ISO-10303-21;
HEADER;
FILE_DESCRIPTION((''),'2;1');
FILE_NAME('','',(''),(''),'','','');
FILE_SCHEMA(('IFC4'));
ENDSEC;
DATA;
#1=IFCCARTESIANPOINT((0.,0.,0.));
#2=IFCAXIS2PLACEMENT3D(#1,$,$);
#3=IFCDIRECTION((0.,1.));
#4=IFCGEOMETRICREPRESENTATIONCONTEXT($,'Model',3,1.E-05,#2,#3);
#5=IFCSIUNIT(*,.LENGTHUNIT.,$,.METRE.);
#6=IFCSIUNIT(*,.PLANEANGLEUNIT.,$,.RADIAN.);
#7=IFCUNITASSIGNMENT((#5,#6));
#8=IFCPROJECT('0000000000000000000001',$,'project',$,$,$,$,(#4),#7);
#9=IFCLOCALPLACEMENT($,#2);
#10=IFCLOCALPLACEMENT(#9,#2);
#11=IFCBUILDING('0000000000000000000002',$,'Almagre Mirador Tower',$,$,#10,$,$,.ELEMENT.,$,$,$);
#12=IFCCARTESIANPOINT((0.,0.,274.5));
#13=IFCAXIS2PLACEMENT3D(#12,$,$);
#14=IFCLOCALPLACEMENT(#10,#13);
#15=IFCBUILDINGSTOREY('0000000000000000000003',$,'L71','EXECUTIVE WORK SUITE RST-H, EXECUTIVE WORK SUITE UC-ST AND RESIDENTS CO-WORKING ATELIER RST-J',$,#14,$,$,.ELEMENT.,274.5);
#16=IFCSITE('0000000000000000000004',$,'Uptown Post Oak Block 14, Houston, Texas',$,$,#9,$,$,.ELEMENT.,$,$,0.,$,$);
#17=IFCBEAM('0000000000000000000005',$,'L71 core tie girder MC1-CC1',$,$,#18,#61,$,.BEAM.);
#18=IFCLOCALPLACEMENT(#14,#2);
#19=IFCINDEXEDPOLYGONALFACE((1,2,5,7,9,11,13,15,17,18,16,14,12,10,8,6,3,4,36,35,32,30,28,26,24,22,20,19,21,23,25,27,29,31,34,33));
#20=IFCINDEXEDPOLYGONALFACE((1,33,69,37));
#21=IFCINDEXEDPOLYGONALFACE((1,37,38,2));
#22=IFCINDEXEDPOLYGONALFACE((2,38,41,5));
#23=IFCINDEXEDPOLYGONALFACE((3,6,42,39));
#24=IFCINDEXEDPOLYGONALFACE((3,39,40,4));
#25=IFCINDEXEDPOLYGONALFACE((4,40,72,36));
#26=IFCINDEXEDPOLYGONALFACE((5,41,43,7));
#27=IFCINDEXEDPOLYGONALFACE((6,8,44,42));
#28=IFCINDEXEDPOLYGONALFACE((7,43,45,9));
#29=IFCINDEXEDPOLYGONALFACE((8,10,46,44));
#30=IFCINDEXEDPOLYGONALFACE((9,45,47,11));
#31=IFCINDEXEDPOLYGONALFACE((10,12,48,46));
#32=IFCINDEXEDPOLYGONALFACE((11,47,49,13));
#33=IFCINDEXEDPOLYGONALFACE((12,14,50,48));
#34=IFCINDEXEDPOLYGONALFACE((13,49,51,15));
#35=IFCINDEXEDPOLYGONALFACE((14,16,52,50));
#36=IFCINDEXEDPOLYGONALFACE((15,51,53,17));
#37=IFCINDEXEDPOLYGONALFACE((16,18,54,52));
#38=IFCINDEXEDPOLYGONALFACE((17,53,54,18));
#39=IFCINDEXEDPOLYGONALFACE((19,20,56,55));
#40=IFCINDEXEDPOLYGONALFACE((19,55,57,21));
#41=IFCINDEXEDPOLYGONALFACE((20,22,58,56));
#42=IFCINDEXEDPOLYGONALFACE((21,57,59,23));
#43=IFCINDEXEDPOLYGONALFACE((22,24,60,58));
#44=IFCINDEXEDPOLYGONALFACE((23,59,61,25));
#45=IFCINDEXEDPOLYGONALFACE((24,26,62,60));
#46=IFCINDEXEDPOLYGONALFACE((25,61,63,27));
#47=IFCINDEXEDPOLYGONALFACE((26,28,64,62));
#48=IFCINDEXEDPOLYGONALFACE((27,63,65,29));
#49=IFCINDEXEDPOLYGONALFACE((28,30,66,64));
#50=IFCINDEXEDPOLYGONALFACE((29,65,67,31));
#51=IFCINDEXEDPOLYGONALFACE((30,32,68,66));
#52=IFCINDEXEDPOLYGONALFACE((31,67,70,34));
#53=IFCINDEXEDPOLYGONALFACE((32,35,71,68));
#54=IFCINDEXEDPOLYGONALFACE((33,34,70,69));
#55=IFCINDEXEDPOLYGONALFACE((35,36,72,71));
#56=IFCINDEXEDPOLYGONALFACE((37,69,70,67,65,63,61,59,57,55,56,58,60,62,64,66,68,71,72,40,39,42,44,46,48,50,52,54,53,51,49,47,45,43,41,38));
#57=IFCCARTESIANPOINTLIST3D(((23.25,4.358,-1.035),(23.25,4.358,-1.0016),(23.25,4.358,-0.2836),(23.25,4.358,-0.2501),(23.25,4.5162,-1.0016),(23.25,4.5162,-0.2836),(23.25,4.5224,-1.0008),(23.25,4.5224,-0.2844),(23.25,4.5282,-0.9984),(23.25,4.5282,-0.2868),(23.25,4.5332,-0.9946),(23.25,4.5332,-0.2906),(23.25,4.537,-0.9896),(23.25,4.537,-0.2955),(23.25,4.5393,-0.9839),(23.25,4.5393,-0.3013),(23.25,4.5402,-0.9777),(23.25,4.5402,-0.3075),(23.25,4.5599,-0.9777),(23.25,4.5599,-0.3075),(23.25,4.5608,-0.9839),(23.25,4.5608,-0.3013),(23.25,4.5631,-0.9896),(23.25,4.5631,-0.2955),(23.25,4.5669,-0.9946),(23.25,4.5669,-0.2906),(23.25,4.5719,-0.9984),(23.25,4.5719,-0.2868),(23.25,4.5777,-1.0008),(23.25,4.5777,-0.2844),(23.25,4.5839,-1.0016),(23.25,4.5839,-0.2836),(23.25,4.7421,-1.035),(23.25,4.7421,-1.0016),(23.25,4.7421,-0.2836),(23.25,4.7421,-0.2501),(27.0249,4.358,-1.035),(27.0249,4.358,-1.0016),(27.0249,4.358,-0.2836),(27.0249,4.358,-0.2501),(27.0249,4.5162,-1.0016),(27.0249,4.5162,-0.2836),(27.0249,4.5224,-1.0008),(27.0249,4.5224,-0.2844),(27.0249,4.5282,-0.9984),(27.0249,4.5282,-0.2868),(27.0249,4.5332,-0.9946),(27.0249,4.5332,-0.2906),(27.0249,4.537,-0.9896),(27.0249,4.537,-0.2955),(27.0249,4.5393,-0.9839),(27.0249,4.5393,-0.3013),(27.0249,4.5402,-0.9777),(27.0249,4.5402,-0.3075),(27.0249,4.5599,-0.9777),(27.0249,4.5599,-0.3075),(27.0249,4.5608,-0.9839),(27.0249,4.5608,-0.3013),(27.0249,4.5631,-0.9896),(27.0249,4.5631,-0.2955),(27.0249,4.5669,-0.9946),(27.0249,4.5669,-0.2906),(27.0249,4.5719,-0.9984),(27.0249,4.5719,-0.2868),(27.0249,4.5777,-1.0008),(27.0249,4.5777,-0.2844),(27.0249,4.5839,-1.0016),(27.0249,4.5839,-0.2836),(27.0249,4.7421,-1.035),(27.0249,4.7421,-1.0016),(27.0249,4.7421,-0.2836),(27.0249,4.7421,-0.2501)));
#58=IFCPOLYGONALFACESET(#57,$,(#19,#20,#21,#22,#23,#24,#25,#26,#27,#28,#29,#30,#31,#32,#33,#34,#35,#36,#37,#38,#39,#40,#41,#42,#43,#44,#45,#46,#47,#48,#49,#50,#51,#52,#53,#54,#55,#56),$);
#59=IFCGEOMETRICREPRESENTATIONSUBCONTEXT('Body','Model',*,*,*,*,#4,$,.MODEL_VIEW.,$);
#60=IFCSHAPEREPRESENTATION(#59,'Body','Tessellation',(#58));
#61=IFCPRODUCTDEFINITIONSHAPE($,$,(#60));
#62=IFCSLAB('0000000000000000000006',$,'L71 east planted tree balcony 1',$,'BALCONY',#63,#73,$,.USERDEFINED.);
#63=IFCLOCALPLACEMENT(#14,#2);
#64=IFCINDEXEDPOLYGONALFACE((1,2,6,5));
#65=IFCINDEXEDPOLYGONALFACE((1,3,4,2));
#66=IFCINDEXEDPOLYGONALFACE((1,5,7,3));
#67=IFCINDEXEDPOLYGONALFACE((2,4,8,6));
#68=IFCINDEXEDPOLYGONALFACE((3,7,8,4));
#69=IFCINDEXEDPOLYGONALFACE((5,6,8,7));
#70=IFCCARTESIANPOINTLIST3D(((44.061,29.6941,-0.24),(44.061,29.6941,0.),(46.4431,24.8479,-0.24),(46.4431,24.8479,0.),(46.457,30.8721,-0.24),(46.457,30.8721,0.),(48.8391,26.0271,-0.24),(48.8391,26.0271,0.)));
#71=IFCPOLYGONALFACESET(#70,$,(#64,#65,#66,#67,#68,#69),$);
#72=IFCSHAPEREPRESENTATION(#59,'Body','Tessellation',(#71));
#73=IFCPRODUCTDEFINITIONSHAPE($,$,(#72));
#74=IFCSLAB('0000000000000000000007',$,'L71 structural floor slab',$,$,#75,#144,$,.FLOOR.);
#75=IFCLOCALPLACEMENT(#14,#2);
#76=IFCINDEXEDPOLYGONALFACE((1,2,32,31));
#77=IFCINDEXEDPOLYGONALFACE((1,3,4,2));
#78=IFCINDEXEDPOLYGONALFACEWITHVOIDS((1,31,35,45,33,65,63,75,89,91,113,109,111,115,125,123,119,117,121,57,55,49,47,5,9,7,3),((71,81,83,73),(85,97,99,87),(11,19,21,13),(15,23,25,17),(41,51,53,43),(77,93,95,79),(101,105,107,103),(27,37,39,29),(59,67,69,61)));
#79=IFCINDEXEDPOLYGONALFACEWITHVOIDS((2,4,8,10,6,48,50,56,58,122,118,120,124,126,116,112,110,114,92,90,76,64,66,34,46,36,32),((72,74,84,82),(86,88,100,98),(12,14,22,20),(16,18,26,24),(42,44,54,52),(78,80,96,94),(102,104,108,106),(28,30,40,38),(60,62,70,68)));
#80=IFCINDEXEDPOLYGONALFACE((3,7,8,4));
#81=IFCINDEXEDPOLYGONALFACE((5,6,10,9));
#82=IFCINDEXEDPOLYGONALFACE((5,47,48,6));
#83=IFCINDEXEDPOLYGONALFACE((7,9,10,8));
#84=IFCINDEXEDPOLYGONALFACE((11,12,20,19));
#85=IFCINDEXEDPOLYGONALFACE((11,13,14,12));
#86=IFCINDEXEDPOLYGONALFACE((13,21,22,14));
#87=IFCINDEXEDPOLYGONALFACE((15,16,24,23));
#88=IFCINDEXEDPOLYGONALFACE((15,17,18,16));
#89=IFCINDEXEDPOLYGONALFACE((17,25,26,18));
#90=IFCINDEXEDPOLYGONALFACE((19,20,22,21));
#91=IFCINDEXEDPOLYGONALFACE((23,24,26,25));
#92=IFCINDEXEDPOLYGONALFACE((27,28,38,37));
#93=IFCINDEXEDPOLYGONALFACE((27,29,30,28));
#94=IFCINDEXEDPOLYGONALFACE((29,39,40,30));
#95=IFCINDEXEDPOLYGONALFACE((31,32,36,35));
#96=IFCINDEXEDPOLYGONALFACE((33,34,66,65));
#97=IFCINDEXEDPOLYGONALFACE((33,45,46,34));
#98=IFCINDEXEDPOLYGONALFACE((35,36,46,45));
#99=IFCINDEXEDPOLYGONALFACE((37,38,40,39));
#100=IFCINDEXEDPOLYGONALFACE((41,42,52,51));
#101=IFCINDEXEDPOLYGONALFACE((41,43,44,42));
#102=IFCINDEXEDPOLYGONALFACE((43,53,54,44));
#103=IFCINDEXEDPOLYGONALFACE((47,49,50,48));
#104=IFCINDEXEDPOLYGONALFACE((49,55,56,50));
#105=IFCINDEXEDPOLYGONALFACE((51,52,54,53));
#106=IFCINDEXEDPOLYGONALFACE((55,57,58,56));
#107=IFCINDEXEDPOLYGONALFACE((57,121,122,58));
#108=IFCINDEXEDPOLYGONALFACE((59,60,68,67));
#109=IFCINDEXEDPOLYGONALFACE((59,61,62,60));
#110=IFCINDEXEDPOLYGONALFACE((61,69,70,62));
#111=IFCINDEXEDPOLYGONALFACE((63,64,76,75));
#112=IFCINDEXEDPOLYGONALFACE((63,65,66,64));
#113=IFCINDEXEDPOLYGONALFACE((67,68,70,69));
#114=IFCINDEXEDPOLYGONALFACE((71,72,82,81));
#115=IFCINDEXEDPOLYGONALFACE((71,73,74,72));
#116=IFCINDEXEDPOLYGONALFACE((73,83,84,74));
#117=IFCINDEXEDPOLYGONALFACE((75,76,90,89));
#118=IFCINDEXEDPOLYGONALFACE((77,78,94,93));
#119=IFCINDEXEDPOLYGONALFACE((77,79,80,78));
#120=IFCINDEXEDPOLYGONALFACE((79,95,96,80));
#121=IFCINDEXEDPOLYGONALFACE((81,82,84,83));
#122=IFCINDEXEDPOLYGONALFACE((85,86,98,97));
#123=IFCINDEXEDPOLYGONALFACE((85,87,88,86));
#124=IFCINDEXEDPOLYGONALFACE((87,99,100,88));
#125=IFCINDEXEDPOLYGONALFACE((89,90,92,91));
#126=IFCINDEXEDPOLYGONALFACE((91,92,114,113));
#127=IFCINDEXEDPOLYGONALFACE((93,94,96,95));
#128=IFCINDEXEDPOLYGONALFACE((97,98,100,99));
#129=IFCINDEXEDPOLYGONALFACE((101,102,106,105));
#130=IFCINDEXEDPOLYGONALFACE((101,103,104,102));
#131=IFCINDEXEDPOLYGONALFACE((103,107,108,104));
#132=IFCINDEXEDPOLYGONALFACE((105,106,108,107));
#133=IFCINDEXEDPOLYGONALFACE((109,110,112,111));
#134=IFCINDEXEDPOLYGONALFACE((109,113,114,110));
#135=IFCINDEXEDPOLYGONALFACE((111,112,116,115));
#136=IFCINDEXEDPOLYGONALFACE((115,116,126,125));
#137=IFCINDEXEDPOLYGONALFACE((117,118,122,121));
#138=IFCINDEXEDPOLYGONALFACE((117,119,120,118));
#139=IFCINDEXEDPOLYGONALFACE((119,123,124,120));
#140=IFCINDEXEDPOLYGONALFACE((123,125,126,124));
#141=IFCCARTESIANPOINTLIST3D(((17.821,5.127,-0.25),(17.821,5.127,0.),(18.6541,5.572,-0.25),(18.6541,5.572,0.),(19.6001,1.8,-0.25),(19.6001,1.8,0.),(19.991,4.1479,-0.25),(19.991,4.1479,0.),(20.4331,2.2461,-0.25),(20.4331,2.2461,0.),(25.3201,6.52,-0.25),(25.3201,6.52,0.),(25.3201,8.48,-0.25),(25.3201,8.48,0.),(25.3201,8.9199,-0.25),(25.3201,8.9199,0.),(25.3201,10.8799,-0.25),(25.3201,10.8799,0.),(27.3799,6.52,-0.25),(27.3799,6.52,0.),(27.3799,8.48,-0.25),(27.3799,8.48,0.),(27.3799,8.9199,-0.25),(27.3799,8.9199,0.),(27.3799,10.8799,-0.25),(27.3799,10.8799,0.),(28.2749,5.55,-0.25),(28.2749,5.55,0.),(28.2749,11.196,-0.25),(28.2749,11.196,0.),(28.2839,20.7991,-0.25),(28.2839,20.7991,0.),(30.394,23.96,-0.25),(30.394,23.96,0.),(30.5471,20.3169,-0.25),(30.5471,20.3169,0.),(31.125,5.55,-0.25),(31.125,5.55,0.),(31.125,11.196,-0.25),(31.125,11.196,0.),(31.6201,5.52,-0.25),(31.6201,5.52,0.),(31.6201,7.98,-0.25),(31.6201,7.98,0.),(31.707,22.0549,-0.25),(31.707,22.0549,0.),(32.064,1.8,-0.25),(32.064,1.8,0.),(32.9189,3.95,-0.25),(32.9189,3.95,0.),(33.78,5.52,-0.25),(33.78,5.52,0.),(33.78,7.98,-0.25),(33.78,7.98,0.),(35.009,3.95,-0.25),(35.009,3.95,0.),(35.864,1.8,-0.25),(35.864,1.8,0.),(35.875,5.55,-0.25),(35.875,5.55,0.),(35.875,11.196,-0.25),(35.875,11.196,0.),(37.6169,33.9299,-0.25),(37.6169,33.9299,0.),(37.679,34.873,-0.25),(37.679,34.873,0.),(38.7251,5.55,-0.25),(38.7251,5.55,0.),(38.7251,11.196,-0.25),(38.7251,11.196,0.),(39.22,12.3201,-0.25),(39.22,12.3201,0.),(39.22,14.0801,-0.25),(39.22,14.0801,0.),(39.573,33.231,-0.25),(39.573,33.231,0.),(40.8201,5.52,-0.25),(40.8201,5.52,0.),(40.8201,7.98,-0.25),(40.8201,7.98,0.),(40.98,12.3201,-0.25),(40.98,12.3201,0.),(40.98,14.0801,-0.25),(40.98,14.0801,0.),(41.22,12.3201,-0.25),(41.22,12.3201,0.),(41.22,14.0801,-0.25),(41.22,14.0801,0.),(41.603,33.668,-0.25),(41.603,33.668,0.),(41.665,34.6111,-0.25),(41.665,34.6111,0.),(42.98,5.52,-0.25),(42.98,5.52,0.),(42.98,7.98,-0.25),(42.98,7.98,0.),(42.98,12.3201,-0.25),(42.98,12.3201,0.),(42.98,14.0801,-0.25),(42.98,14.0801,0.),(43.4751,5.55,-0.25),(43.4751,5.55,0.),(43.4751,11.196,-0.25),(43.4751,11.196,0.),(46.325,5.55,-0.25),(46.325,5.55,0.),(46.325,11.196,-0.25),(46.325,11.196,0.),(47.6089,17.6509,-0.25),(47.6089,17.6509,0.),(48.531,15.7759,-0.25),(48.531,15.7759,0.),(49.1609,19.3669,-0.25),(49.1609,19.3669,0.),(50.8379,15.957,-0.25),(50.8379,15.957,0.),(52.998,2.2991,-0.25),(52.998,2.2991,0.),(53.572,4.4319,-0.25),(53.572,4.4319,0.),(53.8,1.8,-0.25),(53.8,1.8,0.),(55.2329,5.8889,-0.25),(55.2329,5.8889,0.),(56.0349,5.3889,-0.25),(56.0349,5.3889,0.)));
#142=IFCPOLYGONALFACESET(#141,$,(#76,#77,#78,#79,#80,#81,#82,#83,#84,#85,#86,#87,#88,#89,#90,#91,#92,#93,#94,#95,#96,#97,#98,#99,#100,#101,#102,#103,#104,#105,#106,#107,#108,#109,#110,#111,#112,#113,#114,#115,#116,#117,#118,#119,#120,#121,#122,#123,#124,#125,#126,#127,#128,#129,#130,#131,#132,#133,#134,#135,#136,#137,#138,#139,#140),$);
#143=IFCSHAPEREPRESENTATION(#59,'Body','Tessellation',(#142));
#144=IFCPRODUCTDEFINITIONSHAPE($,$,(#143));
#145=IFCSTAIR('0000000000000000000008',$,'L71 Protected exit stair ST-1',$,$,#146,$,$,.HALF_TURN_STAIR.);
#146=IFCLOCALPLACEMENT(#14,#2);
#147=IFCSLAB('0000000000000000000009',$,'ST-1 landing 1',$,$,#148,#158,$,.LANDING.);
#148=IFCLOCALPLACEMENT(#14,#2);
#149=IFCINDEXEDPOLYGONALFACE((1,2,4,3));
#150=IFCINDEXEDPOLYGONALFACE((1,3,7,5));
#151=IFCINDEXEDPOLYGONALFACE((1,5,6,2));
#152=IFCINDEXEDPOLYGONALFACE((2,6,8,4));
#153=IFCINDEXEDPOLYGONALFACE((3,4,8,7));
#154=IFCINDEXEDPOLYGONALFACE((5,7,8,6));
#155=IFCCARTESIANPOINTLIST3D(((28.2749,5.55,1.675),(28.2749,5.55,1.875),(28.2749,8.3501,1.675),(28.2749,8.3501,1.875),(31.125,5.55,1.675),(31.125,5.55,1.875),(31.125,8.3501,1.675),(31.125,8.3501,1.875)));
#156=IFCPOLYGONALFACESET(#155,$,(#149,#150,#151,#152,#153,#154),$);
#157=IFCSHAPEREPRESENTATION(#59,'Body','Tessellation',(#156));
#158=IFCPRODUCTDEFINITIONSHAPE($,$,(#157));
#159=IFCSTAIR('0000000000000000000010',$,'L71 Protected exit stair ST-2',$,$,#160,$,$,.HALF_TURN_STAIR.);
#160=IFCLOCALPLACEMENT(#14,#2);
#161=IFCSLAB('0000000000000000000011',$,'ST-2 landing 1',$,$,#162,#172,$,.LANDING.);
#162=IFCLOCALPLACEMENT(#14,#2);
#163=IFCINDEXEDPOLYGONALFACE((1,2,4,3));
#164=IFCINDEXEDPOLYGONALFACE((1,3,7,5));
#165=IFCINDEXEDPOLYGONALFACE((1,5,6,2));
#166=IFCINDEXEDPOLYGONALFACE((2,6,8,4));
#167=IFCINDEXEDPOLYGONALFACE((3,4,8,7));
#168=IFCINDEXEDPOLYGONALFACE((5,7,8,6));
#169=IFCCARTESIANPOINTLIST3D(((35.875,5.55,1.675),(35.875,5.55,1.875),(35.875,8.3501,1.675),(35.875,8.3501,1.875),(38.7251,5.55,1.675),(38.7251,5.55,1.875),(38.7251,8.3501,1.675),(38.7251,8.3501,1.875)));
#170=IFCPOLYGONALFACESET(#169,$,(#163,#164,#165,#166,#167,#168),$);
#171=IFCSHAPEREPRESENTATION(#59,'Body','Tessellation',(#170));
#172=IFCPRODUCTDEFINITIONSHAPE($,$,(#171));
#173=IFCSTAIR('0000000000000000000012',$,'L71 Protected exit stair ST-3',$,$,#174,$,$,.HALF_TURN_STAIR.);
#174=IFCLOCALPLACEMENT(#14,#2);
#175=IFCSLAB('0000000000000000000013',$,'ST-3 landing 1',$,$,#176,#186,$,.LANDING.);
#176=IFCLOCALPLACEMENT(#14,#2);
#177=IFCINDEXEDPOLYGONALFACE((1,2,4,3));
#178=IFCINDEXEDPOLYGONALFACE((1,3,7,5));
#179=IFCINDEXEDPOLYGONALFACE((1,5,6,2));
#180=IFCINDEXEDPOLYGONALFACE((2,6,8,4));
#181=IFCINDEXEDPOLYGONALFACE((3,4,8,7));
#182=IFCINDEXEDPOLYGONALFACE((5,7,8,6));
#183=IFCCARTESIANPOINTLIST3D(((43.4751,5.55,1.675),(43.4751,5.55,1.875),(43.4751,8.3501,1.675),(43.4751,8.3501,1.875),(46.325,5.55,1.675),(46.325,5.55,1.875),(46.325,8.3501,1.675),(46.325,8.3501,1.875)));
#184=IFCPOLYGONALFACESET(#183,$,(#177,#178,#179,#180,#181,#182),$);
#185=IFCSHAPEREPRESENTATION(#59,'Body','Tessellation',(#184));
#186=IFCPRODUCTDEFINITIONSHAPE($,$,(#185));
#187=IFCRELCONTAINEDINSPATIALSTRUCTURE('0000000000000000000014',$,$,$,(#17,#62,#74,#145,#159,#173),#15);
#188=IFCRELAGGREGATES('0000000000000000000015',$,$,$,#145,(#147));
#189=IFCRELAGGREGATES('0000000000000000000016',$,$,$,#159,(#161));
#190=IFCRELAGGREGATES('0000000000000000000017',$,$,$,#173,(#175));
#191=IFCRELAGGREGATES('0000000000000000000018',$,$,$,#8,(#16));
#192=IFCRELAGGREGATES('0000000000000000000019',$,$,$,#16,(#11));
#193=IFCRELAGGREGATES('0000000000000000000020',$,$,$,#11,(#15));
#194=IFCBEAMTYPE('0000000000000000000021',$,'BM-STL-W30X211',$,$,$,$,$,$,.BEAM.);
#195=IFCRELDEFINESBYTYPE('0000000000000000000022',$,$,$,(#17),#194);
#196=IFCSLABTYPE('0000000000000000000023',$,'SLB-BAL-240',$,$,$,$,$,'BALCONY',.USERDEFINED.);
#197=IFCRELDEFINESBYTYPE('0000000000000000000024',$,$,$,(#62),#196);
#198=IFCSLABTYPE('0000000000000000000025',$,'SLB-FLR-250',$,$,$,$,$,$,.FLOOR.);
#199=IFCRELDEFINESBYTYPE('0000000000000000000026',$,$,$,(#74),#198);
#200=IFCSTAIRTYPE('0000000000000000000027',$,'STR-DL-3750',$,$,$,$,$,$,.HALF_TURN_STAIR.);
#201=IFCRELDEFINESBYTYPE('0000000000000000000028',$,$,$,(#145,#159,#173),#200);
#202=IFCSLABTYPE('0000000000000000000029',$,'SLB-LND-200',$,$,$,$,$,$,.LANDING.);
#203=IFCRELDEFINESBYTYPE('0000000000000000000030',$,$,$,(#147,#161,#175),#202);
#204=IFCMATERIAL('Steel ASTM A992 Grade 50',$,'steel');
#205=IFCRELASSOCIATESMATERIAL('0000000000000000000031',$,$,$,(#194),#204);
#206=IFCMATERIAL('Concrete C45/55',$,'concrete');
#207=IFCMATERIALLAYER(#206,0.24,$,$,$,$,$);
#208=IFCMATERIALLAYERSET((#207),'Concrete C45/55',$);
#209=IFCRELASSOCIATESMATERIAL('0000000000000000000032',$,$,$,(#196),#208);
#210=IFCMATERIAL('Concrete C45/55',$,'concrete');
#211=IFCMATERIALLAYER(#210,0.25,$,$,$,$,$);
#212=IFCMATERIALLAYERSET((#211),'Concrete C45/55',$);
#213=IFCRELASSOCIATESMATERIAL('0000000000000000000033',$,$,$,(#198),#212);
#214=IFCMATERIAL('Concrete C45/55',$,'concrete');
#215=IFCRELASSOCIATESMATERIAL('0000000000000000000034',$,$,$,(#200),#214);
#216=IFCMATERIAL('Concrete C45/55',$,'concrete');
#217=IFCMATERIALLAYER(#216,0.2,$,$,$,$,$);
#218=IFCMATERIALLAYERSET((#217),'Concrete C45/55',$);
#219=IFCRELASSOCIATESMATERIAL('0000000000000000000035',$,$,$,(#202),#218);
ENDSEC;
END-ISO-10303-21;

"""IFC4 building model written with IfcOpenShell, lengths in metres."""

from ifc_helpers import new_model, si_unit, direction, frame, origin, origin_2d, place, context, subcontext, project, spatial, polyline, i_section, outline, extrude, material, layer, layer_set, material_profile, profile_set, type_object, element, aggregate, save


model = new_model("IFC4")

# Units and contexts
model_context = context("Model", 3, precision=1e-05, world=origin(), true_north=direction((0.0, 1.0)))
body_context = subcontext(model_context, "Body", "Model", "MODEL_VIEW")
ifc_project = project(units=[si_unit("LENGTHUNIT", "METRE"), si_unit("PLANEANGLEUNIT", "RADIAN")], contexts=[model_context])

# Site, building, storey
site_placement = place(None, origin())
site = spatial("IfcSite", under=ifc_project, at=site_placement, Name="Uptown Post Oak Block 14, Houston, Texas", CompositionType="ELEMENT", RefElevation=0.0)
building_placement = place(site_placement, origin())
building = spatial("IfcBuilding", under=site, at=building_placement, Name="Almagre Mirador Tower", CompositionType="ELEMENT")
storey_placement = place(building_placement, frame((0.0, 0.0, 274.5)))
storey = spatial("IfcBuildingStorey", under=building, at=storey_placement, Name="L71", Description="EXECUTIVE WORK SUITE RST-H, EXECUTIVE WORK SUITE UC-ST AND RESIDENTS CO-WORKING ATELIER RST-J", CompositionType="ELEMENT", Elevation=274.5)

# Beam
ifc_material_1 = material(Name="Steel ASTM A992 Grade 50", Category="steel")
ifc_material_profile_1 = material_profile(ifc_material_1, i_section(OverallWidth=0.384, OverallDepth=0.7849, WebThickness=0.0198, FlangeThickness=0.0334, FilletRadius=0.0239, at=origin_2d()), Name="W30X211")
ifc_profile_set_1 = profile_set([ifc_material_profile_1], Name="Steel ASTM A992 Grade 50")
beam_type_1 = type_object("IfcBeamType", Name="BM-STL-W30X211", PredefinedType="BEAM", material=ifc_profile_set_1)
beam_1_placement = place(storey_placement, frame((23.25, 4.55, -0.6426), z_axis=(1.0, 0.0, 0.0), x_axis=(0.0, 1.0, 0.0)))
element("IfcBeam", 1, at=beam_1_placement, inside=storey, type_object=beam_type_1, Name="L71 core tie girder MC1-CC1", PredefinedType="BEAM", context=body_context, shape_type="SweptSolid", body=[
    extrude(i_section(OverallWidth=0.384, OverallDepth=0.7849, WebThickness=0.0198, FlangeThickness=0.0334, FilletRadius=0.0239, at=origin_2d()), origin(), (0.0, 0.0, 1.0), 3.7749),
])

# Slabs
ifc_material_2 = material(Name="Concrete C45/55", Category="concrete")
ifc_layer_1 = layer(ifc_material_2, 0.24)
ifc_layer_set_1 = layer_set([ifc_layer_1], Name="Concrete C45/55")
slab_type_1 = type_object("IfcSlabType", Name="SLB-BAL-240", ElementType="BALCONY", PredefinedType="USERDEFINED", material=ifc_layer_set_1)
slab_1_placement = place(storey_placement, frame((0.0, 0.0, -0.24)))
element("IfcSlab", 2, at=slab_1_placement, inside=storey, type_object=slab_type_1, Name="L71 east planted tree balcony 1", ObjectType="BALCONY", PredefinedType="USERDEFINED", context=body_context, shape_type="SweptSolid", body=[
    extrude(outline(polyline([(46.4431, 24.8479), (44.061, 29.6941), (46.457, 30.8721), (48.8391, 26.0271), (46.4431, 24.8479)])), origin(), (0.0, 0.0, 1.0), 0.24),
])
ifc_material_3 = material(Name="Concrete C45/55", Category="concrete")
ifc_layer_2 = layer(ifc_material_3, 0.25)
ifc_layer_set_2 = layer_set([ifc_layer_2], Name="Concrete C45/55")
slab_type_2 = type_object("IfcSlabType", Name="SLB-FLR-250", PredefinedType="FLOOR", material=ifc_layer_set_2)
slab_2_placement = place(storey_placement, frame((0.0, 0.0, -0.25)))
element("IfcSlab", 3, at=slab_2_placement, inside=storey, type_object=slab_type_2, Name="L71 structural floor slab", PredefinedType="FLOOR", context=body_context, shape_type="SweptSolid", body=[
    extrude(outline(polyline([(17.821, 5.127), (18.6541, 5.572), (19.991, 4.1479), (20.4331, 2.2461), (19.6001, 1.8), (32.064, 1.8), (32.9189, 3.95), (35.009, 3.95), (35.864, 1.8), (53.8, 1.8), (52.998, 2.2991), (53.572, 4.4319), (55.2329, 5.8889), (56.0349, 5.3889), (50.8379, 15.957), (48.531, 15.7759), (47.6089, 17.6509), (49.1609, 19.3669), (41.665, 34.6111), (41.603, 33.668), (39.573, 33.231), (37.6169, 33.9299), (37.679, 34.873), (30.394, 23.96), (31.707, 22.0549), (30.5471, 20.3169), (28.2839, 20.7991), (17.821, 5.127)]), holes=[polyline([(43.4751, 5.55), (43.4751, 11.196), (46.325, 11.196), (46.325, 5.55), (43.4751, 5.55)]), polyline([(41.22, 12.3201), (41.22, 14.0801), (42.98, 14.0801), (42.98, 12.3201), (41.22, 12.3201)]), polyline([(42.98, 5.52), (40.8201, 5.52), (40.8201, 7.98), (42.98, 7.98), (42.98, 5.52)]), polyline([(39.22, 12.3201), (39.22, 14.0801), (40.98, 14.0801), (40.98, 12.3201), (39.22, 12.3201)]), polyline([(35.875, 5.55), (35.875, 11.196), (38.7251, 11.196), (38.7251, 5.55), (35.875, 5.55)]), polyline([(33.78, 5.52), (31.6201, 5.52), (31.6201, 7.98), (33.78, 7.98), (33.78, 5.52)]), polyline([(28.2749, 5.55), (28.2749, 11.196), (31.125, 11.196), (31.125, 5.55), (28.2749, 5.55)]), polyline([(27.3799, 6.52), (25.3201, 6.52), (25.3201, 8.48), (27.3799, 8.48), (27.3799, 6.52)]), polyline([(27.3799, 8.9199), (25.3201, 8.9199), (25.3201, 10.8799), (27.3799, 10.8799), (27.3799, 8.9199)])]), origin(), (0.0, 0.0, 1.0), 0.25),
])

# Stairs, slabs
ifc_material_4 = material(Name="Concrete C45/55", Category="concrete")
stair_type = type_object("IfcStairType", Name="STR-DL-3750", PredefinedType="HALF_TURN_STAIR", material=ifc_material_4)
stair_1_placement = place(storey_placement, origin())
stair_1 = element("IfcStair", 4, at=stair_1_placement, inside=storey, type_object=stair_type, Name="L71 Protected exit stair ST-1", PredefinedType="HALF_TURN_STAIR")
ifc_material_5 = material(Name="Concrete C45/55", Category="concrete")
ifc_layer_3 = layer(ifc_material_5, 0.2)
ifc_layer_set_3 = layer_set([ifc_layer_3], Name="Concrete C45/55")
slab_type_3 = type_object("IfcSlabType", Name="SLB-LND-200", PredefinedType="LANDING", material=ifc_layer_set_3)
slab_3_placement = place(storey_placement, frame((0.0, 0.0, 1.675)))
slab_3 = element("IfcSlab", 5, at=slab_3_placement, type_object=slab_type_3, Name="ST-1 landing 1", PredefinedType="LANDING", context=body_context, shape_type="SweptSolid", body=[
    extrude(outline(polyline([(28.2749, 8.3501), (28.2749, 5.55), (31.125, 5.55), (31.125, 8.3501), (28.2749, 8.3501)])), origin(), (0.0, 0.0, 1.0), 0.2),
])
aggregate(stair_1, [slab_3])
stair_2_placement = place(storey_placement, origin())
stair_2 = element("IfcStair", 6, at=stair_2_placement, inside=storey, type_object=stair_type, Name="L71 Protected exit stair ST-2", PredefinedType="HALF_TURN_STAIR")
slab_4_placement = place(storey_placement, frame((0.0, 0.0, 1.675)))
slab_4 = element("IfcSlab", 7, at=slab_4_placement, type_object=slab_type_3, Name="ST-2 landing 1", PredefinedType="LANDING", context=body_context, shape_type="SweptSolid", body=[
    extrude(outline(polyline([(35.875, 8.3501), (35.875, 5.55), (38.7251, 5.55), (38.7251, 8.3501), (35.875, 8.3501)])), origin(), (0.0, 0.0, 1.0), 0.2),
])
aggregate(stair_2, [slab_4])
stair_3_placement = place(storey_placement, origin())
stair_3 = element("IfcStair", 8, at=stair_3_placement, inside=storey, type_object=stair_type, Name="L71 Protected exit stair ST-3", PredefinedType="HALF_TURN_STAIR")
slab_5_placement = place(storey_placement, frame((0.0, 0.0, 1.675)))
slab_5 = element("IfcSlab", 9, at=slab_5_placement, type_object=slab_type_3, Name="ST-3 landing 1", PredefinedType="LANDING", context=body_context, shape_type="SweptSolid", body=[
    extrude(outline(polyline([(43.4751, 8.3501), (43.4751, 5.55), (46.325, 5.55), (46.325, 8.3501), (43.4751, 8.3501)])), origin(), (0.0, 0.0, 1.0), 0.2),
])
aggregate(stair_3, [slab_5])

save(model, "model.ifc")
